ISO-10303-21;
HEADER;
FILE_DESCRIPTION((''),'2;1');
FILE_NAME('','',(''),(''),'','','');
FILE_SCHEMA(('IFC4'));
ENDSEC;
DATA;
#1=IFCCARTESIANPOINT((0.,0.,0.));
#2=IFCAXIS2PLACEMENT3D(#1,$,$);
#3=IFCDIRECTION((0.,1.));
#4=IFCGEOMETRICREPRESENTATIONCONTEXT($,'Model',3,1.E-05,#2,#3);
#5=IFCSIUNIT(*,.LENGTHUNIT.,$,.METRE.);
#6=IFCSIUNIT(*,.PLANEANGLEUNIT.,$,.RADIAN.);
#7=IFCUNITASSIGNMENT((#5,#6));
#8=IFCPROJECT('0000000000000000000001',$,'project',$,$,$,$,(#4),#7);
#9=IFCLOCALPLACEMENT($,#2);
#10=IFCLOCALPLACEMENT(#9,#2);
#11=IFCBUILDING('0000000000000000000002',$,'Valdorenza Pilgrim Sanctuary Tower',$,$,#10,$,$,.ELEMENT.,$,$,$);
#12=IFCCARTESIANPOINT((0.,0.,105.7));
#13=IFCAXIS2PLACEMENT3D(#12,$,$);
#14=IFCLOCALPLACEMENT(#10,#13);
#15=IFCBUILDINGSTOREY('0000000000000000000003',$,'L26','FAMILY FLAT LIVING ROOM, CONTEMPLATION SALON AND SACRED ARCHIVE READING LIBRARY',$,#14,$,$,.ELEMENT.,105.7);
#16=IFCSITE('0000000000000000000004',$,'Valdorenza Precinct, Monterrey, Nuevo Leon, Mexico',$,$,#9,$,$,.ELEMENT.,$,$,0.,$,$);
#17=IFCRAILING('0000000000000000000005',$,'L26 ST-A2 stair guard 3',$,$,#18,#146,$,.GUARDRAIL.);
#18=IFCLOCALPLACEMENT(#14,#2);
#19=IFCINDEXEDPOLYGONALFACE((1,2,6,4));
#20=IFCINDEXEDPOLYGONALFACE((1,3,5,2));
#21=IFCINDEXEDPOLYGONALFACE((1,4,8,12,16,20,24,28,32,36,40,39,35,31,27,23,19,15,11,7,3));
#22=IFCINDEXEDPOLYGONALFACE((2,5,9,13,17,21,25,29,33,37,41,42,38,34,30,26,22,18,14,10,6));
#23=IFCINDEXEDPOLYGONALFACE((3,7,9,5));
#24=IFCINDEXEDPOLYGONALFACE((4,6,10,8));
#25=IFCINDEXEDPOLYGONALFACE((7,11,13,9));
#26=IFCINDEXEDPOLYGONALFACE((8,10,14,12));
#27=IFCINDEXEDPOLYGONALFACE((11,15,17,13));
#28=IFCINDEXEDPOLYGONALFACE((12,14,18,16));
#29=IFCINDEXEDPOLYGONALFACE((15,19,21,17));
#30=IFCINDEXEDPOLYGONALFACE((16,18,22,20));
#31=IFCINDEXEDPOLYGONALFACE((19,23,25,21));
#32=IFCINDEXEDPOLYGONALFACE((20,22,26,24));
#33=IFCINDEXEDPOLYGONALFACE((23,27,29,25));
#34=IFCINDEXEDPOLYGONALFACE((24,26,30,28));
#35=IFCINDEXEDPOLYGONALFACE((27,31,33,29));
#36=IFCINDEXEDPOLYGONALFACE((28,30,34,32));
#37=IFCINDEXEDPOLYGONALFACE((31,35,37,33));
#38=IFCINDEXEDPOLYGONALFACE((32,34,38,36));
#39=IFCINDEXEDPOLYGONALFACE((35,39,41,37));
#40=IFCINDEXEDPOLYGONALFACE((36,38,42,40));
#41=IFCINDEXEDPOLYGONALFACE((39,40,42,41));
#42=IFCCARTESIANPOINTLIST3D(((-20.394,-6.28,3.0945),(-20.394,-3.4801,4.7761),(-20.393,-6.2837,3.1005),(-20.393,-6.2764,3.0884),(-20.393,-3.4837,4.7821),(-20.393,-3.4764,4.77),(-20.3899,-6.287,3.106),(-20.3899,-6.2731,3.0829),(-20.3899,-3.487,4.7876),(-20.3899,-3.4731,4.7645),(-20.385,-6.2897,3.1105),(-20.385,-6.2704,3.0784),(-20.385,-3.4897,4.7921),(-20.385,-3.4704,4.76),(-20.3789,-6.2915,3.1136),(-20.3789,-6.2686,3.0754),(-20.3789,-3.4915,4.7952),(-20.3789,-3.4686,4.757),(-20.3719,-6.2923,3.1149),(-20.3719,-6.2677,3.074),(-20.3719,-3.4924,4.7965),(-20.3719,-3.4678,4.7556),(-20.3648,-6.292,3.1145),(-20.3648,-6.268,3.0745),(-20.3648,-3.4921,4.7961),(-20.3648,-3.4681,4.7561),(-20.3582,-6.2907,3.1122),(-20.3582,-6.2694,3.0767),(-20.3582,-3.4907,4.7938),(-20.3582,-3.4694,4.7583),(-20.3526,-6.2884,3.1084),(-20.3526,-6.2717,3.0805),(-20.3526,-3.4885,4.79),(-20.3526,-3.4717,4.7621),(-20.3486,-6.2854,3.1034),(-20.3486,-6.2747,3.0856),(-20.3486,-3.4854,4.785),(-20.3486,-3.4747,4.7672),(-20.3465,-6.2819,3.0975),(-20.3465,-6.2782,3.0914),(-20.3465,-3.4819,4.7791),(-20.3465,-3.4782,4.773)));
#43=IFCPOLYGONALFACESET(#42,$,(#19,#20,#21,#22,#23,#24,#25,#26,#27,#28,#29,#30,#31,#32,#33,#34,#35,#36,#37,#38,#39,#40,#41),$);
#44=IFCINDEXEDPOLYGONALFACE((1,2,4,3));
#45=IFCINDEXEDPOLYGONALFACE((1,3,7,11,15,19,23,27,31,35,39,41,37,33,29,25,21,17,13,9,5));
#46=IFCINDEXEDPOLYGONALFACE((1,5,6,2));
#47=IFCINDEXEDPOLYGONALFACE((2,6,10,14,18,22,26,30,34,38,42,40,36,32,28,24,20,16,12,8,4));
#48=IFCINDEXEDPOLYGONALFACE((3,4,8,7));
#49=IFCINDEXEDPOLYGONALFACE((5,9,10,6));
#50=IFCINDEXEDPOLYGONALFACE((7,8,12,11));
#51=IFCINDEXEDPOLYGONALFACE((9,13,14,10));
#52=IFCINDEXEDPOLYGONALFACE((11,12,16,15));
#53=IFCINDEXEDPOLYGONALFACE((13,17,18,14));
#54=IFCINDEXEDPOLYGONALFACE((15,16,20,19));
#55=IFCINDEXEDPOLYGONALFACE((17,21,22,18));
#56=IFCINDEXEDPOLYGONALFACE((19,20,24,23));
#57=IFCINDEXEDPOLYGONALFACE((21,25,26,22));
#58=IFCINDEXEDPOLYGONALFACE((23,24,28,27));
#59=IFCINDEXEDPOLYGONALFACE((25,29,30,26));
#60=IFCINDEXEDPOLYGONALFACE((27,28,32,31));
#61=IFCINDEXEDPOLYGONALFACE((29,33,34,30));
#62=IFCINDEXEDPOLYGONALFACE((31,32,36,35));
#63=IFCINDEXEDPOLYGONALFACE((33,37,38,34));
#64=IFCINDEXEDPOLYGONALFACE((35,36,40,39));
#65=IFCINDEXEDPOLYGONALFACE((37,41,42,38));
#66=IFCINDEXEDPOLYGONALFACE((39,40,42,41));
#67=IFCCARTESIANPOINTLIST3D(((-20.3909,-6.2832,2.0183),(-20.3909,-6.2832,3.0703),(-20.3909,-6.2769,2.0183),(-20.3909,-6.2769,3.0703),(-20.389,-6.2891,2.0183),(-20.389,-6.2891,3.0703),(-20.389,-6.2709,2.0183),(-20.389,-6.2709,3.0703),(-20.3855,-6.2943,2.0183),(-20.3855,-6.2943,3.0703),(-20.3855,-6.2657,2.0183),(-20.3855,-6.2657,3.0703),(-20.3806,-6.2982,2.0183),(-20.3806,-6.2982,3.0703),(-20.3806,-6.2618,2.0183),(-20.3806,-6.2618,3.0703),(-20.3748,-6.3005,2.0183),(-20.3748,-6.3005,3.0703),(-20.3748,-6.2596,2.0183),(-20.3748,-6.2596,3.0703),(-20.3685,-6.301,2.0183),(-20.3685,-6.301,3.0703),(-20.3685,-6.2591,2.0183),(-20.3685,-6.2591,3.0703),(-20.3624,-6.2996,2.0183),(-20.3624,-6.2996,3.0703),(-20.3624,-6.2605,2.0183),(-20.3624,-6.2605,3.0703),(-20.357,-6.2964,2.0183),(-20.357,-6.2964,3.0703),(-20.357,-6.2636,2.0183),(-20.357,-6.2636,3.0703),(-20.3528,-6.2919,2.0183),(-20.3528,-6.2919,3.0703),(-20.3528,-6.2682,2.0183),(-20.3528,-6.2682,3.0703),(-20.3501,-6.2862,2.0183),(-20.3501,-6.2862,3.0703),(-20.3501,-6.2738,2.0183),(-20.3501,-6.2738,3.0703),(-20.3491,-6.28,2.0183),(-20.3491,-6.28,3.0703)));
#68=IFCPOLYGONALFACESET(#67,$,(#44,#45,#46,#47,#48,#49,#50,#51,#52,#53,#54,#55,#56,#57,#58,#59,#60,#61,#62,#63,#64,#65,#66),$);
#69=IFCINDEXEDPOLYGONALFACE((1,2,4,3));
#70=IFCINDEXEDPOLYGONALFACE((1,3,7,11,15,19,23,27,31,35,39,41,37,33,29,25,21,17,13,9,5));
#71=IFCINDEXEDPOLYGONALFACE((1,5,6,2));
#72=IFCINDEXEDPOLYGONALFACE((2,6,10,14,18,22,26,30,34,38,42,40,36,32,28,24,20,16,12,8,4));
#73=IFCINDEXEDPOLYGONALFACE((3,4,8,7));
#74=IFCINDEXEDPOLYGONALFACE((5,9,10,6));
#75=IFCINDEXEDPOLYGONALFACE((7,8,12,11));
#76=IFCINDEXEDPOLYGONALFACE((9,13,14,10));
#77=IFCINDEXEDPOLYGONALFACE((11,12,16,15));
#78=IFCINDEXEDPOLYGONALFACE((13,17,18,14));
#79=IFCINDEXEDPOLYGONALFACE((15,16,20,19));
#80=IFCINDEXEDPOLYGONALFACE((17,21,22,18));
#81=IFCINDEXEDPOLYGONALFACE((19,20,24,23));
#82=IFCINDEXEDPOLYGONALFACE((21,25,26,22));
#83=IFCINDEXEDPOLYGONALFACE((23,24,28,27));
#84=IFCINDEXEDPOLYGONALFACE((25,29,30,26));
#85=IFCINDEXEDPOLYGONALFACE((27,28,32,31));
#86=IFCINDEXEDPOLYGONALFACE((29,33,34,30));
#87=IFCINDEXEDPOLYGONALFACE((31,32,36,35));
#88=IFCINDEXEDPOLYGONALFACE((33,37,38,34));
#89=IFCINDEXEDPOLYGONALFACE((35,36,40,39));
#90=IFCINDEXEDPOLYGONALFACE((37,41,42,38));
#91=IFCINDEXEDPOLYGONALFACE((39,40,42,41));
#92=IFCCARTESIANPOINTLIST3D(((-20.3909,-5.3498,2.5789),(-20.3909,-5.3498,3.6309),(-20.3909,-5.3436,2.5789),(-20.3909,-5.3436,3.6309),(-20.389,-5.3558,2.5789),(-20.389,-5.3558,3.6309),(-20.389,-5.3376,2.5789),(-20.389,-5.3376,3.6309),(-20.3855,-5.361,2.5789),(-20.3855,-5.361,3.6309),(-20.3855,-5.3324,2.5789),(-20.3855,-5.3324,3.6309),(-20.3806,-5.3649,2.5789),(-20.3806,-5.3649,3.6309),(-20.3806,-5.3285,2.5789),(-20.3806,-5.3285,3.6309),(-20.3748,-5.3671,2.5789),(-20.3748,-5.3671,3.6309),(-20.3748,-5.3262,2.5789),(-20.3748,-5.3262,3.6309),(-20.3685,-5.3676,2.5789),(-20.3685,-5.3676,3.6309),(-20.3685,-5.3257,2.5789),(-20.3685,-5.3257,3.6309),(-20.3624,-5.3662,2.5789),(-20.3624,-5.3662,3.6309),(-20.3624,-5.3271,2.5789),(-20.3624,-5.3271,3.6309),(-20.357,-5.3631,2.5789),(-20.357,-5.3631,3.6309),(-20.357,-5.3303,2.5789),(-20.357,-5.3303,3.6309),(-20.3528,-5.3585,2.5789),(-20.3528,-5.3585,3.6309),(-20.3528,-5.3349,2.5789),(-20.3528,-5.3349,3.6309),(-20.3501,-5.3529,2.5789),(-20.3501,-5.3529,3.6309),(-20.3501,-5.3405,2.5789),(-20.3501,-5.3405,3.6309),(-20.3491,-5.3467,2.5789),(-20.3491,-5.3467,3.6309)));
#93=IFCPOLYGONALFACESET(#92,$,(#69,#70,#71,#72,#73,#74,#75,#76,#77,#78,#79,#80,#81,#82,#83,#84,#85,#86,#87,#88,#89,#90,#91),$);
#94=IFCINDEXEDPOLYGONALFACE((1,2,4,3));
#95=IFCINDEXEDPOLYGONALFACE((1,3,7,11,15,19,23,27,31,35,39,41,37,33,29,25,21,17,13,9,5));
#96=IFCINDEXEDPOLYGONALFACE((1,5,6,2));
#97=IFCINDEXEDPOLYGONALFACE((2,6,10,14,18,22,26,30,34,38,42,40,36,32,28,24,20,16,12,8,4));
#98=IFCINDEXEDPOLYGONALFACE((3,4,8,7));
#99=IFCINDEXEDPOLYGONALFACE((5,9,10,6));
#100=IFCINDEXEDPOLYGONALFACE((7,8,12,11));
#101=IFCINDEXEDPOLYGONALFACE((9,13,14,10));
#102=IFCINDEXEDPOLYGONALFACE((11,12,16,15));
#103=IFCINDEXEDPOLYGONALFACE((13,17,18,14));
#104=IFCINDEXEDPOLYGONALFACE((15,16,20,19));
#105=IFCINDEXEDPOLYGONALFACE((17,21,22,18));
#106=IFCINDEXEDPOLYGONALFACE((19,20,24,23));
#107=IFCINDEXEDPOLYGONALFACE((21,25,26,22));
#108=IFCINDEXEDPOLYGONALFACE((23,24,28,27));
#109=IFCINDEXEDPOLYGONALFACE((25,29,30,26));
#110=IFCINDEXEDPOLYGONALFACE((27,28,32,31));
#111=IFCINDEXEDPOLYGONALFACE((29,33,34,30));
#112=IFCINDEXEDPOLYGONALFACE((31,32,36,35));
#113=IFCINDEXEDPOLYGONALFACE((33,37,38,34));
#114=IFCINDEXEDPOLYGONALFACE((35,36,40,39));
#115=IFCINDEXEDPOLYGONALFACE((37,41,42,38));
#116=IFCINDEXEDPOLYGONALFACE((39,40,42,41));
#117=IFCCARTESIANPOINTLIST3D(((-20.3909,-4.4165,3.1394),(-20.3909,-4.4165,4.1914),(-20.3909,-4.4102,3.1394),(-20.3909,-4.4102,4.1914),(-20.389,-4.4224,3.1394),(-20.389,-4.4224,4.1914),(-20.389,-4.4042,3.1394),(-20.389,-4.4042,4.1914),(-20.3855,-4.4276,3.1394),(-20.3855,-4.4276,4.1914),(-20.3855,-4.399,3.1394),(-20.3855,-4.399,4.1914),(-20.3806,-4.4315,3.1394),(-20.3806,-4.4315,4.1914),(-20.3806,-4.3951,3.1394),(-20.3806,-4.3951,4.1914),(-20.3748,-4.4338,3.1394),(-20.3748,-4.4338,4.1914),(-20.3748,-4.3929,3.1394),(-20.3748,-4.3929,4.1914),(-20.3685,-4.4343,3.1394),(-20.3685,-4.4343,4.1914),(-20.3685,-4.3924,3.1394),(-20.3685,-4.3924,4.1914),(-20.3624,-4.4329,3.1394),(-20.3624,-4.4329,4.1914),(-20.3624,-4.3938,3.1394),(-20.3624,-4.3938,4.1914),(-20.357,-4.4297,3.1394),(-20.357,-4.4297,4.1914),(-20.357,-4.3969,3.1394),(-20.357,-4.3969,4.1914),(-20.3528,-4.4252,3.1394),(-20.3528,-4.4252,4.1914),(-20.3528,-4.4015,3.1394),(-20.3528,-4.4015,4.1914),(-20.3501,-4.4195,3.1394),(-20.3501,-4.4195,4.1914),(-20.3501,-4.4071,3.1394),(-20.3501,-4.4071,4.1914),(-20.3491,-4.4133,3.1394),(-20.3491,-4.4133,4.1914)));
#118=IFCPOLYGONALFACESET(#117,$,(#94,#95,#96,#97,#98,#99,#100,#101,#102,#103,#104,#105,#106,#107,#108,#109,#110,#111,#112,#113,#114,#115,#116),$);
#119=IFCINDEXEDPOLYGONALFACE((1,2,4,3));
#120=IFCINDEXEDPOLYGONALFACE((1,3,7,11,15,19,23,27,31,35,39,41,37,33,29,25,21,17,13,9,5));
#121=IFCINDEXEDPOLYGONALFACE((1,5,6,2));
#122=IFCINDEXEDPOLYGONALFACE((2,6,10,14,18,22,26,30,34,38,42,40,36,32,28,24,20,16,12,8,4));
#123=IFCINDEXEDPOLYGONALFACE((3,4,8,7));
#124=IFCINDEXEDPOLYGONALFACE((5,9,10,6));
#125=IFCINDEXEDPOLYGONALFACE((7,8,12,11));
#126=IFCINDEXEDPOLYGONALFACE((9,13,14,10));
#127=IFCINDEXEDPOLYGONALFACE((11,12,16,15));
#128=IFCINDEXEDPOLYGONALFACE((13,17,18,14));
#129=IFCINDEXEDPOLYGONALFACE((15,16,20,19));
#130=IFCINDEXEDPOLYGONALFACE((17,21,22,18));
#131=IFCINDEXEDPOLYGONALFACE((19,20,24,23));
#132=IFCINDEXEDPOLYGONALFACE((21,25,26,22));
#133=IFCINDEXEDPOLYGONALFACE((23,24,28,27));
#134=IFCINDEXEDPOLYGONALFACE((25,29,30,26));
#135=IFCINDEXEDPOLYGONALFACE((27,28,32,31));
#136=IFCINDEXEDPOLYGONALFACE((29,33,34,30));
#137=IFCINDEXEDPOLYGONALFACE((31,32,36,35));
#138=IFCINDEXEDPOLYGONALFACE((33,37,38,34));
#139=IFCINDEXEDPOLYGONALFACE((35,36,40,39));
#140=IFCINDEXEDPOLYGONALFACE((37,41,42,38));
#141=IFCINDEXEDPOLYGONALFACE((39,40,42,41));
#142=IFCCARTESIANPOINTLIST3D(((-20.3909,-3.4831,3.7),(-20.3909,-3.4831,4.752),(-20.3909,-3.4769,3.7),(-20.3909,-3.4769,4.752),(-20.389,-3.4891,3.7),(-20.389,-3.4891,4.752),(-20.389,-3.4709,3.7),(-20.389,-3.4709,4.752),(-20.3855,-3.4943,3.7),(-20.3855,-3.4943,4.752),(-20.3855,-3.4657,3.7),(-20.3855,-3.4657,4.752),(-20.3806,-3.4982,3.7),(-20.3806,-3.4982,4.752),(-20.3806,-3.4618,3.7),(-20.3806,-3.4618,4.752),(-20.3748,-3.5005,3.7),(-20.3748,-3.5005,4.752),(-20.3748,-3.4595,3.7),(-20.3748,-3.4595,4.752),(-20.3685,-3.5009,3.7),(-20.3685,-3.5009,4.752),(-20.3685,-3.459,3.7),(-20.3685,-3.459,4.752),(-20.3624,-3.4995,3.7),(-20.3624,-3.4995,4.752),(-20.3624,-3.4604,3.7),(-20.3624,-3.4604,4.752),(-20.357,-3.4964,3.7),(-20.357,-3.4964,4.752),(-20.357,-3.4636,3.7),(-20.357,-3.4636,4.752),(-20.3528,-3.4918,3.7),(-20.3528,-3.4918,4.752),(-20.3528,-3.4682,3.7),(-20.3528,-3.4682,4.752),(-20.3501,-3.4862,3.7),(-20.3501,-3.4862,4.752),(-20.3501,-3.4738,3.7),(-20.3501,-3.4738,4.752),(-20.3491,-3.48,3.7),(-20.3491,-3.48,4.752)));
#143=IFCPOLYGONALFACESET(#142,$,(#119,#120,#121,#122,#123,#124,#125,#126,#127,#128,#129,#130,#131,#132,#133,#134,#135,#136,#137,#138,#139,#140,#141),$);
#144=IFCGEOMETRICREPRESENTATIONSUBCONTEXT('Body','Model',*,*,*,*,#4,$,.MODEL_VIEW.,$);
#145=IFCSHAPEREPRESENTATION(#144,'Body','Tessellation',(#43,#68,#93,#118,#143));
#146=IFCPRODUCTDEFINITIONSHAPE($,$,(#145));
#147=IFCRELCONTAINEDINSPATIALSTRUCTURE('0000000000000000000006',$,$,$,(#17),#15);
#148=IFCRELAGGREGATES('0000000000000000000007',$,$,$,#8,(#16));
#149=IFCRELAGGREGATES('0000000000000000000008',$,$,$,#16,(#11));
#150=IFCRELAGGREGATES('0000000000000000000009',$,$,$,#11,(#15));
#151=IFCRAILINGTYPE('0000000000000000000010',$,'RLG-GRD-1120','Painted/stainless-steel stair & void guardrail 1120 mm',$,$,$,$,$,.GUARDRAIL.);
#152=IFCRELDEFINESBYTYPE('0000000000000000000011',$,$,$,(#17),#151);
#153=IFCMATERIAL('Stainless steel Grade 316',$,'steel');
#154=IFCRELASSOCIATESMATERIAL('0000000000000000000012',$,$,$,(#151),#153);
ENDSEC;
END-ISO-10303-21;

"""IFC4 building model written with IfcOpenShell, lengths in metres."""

from ifc_helpers import new_model, si_unit, direction, frame, origin, origin_2d, place, context, subcontext, project, spatial, circle, extrude, material, type_object, element, save


model = new_model("IFC4")

# Units and contexts
model_context = context("Model", 3, precision=1e-05, world=origin(), true_north=direction((0.0, 1.0)))
body_context = subcontext(model_context, "Body", "Model", "MODEL_VIEW")
ifc_project = project(units=[si_unit("LENGTHUNIT", "METRE"), si_unit("PLANEANGLEUNIT", "RADIAN")], contexts=[model_context])

# Site, building, storey
site_placement = place(None, origin())
site = spatial("IfcSite", under=ifc_project, at=site_placement, Name="Valdorenza Precinct, Monterrey, Nuevo Leon, Mexico", CompositionType="ELEMENT", RefElevation=0.0)
building_placement = place(site_placement, origin())
building = spatial("IfcBuilding", under=site, at=building_placement, Name="Valdorenza Pilgrim Sanctuary Tower", CompositionType="ELEMENT")
storey_placement = place(building_placement, frame((0.0, 0.0, 105.7)))
storey = spatial("IfcBuildingStorey", under=building, at=storey_placement, Name="L26", Description="FAMILY FLAT LIVING ROOM, CONTEMPLATION SALON AND SACRED ARCHIVE READING LIBRARY", CompositionType="ELEMENT", Elevation=105.7)

# Railing
ifc_material_1 = material(Name="Stainless steel Grade 316", Category="steel")
railing_type_1 = type_object("IfcRailingType", Name="RLG-GRD-1120", Description="Painted/stainless-steel stair & void guardrail 1120 mm", PredefinedType="GUARDRAIL", material=ifc_material_1)
railing_1_placement = place(storey_placement, frame((-20.3701, -6.28, 2.0183)))
element("IfcRailing", 1, at=railing_1_placement, inside=storey, type_object=railing_type_1, Name="L26 ST-A2 stair guard 3", PredefinedType="GUARDRAIL", context=body_context, shape_type="SweptSolid", body=[
    extrude(circle(Radius=0.0239, at=origin_2d()), frame((0.0, 0.0, 1.0762), z_axis=(0.0, 0.857275, 0.514858), x_axis=(-1.0, 0.0, 0.0)), (0.0, 0.0, 1.0), 3.2661),
    extrude(circle(Radius=0.021, at=origin_2d()), origin(), (0.0, 0.0, 1.0), 1.052),
    extrude(circle(Radius=0.021, at=origin_2d()), frame((0.0, 0.9333, 0.5605)), (0.0, 0.0, 1.0), 1.052),
    extrude(circle(Radius=0.021, at=origin_2d()), frame((0.0, 1.8667, 1.1211)), (0.0, 0.0, 1.0), 1.052),
    extrude(circle(Radius=0.021, at=origin_2d()), frame((0.0, 2.8, 1.6816)), (0.0, 0.0, 1.0), 1.052),
])

save(model, "model.ifc")
